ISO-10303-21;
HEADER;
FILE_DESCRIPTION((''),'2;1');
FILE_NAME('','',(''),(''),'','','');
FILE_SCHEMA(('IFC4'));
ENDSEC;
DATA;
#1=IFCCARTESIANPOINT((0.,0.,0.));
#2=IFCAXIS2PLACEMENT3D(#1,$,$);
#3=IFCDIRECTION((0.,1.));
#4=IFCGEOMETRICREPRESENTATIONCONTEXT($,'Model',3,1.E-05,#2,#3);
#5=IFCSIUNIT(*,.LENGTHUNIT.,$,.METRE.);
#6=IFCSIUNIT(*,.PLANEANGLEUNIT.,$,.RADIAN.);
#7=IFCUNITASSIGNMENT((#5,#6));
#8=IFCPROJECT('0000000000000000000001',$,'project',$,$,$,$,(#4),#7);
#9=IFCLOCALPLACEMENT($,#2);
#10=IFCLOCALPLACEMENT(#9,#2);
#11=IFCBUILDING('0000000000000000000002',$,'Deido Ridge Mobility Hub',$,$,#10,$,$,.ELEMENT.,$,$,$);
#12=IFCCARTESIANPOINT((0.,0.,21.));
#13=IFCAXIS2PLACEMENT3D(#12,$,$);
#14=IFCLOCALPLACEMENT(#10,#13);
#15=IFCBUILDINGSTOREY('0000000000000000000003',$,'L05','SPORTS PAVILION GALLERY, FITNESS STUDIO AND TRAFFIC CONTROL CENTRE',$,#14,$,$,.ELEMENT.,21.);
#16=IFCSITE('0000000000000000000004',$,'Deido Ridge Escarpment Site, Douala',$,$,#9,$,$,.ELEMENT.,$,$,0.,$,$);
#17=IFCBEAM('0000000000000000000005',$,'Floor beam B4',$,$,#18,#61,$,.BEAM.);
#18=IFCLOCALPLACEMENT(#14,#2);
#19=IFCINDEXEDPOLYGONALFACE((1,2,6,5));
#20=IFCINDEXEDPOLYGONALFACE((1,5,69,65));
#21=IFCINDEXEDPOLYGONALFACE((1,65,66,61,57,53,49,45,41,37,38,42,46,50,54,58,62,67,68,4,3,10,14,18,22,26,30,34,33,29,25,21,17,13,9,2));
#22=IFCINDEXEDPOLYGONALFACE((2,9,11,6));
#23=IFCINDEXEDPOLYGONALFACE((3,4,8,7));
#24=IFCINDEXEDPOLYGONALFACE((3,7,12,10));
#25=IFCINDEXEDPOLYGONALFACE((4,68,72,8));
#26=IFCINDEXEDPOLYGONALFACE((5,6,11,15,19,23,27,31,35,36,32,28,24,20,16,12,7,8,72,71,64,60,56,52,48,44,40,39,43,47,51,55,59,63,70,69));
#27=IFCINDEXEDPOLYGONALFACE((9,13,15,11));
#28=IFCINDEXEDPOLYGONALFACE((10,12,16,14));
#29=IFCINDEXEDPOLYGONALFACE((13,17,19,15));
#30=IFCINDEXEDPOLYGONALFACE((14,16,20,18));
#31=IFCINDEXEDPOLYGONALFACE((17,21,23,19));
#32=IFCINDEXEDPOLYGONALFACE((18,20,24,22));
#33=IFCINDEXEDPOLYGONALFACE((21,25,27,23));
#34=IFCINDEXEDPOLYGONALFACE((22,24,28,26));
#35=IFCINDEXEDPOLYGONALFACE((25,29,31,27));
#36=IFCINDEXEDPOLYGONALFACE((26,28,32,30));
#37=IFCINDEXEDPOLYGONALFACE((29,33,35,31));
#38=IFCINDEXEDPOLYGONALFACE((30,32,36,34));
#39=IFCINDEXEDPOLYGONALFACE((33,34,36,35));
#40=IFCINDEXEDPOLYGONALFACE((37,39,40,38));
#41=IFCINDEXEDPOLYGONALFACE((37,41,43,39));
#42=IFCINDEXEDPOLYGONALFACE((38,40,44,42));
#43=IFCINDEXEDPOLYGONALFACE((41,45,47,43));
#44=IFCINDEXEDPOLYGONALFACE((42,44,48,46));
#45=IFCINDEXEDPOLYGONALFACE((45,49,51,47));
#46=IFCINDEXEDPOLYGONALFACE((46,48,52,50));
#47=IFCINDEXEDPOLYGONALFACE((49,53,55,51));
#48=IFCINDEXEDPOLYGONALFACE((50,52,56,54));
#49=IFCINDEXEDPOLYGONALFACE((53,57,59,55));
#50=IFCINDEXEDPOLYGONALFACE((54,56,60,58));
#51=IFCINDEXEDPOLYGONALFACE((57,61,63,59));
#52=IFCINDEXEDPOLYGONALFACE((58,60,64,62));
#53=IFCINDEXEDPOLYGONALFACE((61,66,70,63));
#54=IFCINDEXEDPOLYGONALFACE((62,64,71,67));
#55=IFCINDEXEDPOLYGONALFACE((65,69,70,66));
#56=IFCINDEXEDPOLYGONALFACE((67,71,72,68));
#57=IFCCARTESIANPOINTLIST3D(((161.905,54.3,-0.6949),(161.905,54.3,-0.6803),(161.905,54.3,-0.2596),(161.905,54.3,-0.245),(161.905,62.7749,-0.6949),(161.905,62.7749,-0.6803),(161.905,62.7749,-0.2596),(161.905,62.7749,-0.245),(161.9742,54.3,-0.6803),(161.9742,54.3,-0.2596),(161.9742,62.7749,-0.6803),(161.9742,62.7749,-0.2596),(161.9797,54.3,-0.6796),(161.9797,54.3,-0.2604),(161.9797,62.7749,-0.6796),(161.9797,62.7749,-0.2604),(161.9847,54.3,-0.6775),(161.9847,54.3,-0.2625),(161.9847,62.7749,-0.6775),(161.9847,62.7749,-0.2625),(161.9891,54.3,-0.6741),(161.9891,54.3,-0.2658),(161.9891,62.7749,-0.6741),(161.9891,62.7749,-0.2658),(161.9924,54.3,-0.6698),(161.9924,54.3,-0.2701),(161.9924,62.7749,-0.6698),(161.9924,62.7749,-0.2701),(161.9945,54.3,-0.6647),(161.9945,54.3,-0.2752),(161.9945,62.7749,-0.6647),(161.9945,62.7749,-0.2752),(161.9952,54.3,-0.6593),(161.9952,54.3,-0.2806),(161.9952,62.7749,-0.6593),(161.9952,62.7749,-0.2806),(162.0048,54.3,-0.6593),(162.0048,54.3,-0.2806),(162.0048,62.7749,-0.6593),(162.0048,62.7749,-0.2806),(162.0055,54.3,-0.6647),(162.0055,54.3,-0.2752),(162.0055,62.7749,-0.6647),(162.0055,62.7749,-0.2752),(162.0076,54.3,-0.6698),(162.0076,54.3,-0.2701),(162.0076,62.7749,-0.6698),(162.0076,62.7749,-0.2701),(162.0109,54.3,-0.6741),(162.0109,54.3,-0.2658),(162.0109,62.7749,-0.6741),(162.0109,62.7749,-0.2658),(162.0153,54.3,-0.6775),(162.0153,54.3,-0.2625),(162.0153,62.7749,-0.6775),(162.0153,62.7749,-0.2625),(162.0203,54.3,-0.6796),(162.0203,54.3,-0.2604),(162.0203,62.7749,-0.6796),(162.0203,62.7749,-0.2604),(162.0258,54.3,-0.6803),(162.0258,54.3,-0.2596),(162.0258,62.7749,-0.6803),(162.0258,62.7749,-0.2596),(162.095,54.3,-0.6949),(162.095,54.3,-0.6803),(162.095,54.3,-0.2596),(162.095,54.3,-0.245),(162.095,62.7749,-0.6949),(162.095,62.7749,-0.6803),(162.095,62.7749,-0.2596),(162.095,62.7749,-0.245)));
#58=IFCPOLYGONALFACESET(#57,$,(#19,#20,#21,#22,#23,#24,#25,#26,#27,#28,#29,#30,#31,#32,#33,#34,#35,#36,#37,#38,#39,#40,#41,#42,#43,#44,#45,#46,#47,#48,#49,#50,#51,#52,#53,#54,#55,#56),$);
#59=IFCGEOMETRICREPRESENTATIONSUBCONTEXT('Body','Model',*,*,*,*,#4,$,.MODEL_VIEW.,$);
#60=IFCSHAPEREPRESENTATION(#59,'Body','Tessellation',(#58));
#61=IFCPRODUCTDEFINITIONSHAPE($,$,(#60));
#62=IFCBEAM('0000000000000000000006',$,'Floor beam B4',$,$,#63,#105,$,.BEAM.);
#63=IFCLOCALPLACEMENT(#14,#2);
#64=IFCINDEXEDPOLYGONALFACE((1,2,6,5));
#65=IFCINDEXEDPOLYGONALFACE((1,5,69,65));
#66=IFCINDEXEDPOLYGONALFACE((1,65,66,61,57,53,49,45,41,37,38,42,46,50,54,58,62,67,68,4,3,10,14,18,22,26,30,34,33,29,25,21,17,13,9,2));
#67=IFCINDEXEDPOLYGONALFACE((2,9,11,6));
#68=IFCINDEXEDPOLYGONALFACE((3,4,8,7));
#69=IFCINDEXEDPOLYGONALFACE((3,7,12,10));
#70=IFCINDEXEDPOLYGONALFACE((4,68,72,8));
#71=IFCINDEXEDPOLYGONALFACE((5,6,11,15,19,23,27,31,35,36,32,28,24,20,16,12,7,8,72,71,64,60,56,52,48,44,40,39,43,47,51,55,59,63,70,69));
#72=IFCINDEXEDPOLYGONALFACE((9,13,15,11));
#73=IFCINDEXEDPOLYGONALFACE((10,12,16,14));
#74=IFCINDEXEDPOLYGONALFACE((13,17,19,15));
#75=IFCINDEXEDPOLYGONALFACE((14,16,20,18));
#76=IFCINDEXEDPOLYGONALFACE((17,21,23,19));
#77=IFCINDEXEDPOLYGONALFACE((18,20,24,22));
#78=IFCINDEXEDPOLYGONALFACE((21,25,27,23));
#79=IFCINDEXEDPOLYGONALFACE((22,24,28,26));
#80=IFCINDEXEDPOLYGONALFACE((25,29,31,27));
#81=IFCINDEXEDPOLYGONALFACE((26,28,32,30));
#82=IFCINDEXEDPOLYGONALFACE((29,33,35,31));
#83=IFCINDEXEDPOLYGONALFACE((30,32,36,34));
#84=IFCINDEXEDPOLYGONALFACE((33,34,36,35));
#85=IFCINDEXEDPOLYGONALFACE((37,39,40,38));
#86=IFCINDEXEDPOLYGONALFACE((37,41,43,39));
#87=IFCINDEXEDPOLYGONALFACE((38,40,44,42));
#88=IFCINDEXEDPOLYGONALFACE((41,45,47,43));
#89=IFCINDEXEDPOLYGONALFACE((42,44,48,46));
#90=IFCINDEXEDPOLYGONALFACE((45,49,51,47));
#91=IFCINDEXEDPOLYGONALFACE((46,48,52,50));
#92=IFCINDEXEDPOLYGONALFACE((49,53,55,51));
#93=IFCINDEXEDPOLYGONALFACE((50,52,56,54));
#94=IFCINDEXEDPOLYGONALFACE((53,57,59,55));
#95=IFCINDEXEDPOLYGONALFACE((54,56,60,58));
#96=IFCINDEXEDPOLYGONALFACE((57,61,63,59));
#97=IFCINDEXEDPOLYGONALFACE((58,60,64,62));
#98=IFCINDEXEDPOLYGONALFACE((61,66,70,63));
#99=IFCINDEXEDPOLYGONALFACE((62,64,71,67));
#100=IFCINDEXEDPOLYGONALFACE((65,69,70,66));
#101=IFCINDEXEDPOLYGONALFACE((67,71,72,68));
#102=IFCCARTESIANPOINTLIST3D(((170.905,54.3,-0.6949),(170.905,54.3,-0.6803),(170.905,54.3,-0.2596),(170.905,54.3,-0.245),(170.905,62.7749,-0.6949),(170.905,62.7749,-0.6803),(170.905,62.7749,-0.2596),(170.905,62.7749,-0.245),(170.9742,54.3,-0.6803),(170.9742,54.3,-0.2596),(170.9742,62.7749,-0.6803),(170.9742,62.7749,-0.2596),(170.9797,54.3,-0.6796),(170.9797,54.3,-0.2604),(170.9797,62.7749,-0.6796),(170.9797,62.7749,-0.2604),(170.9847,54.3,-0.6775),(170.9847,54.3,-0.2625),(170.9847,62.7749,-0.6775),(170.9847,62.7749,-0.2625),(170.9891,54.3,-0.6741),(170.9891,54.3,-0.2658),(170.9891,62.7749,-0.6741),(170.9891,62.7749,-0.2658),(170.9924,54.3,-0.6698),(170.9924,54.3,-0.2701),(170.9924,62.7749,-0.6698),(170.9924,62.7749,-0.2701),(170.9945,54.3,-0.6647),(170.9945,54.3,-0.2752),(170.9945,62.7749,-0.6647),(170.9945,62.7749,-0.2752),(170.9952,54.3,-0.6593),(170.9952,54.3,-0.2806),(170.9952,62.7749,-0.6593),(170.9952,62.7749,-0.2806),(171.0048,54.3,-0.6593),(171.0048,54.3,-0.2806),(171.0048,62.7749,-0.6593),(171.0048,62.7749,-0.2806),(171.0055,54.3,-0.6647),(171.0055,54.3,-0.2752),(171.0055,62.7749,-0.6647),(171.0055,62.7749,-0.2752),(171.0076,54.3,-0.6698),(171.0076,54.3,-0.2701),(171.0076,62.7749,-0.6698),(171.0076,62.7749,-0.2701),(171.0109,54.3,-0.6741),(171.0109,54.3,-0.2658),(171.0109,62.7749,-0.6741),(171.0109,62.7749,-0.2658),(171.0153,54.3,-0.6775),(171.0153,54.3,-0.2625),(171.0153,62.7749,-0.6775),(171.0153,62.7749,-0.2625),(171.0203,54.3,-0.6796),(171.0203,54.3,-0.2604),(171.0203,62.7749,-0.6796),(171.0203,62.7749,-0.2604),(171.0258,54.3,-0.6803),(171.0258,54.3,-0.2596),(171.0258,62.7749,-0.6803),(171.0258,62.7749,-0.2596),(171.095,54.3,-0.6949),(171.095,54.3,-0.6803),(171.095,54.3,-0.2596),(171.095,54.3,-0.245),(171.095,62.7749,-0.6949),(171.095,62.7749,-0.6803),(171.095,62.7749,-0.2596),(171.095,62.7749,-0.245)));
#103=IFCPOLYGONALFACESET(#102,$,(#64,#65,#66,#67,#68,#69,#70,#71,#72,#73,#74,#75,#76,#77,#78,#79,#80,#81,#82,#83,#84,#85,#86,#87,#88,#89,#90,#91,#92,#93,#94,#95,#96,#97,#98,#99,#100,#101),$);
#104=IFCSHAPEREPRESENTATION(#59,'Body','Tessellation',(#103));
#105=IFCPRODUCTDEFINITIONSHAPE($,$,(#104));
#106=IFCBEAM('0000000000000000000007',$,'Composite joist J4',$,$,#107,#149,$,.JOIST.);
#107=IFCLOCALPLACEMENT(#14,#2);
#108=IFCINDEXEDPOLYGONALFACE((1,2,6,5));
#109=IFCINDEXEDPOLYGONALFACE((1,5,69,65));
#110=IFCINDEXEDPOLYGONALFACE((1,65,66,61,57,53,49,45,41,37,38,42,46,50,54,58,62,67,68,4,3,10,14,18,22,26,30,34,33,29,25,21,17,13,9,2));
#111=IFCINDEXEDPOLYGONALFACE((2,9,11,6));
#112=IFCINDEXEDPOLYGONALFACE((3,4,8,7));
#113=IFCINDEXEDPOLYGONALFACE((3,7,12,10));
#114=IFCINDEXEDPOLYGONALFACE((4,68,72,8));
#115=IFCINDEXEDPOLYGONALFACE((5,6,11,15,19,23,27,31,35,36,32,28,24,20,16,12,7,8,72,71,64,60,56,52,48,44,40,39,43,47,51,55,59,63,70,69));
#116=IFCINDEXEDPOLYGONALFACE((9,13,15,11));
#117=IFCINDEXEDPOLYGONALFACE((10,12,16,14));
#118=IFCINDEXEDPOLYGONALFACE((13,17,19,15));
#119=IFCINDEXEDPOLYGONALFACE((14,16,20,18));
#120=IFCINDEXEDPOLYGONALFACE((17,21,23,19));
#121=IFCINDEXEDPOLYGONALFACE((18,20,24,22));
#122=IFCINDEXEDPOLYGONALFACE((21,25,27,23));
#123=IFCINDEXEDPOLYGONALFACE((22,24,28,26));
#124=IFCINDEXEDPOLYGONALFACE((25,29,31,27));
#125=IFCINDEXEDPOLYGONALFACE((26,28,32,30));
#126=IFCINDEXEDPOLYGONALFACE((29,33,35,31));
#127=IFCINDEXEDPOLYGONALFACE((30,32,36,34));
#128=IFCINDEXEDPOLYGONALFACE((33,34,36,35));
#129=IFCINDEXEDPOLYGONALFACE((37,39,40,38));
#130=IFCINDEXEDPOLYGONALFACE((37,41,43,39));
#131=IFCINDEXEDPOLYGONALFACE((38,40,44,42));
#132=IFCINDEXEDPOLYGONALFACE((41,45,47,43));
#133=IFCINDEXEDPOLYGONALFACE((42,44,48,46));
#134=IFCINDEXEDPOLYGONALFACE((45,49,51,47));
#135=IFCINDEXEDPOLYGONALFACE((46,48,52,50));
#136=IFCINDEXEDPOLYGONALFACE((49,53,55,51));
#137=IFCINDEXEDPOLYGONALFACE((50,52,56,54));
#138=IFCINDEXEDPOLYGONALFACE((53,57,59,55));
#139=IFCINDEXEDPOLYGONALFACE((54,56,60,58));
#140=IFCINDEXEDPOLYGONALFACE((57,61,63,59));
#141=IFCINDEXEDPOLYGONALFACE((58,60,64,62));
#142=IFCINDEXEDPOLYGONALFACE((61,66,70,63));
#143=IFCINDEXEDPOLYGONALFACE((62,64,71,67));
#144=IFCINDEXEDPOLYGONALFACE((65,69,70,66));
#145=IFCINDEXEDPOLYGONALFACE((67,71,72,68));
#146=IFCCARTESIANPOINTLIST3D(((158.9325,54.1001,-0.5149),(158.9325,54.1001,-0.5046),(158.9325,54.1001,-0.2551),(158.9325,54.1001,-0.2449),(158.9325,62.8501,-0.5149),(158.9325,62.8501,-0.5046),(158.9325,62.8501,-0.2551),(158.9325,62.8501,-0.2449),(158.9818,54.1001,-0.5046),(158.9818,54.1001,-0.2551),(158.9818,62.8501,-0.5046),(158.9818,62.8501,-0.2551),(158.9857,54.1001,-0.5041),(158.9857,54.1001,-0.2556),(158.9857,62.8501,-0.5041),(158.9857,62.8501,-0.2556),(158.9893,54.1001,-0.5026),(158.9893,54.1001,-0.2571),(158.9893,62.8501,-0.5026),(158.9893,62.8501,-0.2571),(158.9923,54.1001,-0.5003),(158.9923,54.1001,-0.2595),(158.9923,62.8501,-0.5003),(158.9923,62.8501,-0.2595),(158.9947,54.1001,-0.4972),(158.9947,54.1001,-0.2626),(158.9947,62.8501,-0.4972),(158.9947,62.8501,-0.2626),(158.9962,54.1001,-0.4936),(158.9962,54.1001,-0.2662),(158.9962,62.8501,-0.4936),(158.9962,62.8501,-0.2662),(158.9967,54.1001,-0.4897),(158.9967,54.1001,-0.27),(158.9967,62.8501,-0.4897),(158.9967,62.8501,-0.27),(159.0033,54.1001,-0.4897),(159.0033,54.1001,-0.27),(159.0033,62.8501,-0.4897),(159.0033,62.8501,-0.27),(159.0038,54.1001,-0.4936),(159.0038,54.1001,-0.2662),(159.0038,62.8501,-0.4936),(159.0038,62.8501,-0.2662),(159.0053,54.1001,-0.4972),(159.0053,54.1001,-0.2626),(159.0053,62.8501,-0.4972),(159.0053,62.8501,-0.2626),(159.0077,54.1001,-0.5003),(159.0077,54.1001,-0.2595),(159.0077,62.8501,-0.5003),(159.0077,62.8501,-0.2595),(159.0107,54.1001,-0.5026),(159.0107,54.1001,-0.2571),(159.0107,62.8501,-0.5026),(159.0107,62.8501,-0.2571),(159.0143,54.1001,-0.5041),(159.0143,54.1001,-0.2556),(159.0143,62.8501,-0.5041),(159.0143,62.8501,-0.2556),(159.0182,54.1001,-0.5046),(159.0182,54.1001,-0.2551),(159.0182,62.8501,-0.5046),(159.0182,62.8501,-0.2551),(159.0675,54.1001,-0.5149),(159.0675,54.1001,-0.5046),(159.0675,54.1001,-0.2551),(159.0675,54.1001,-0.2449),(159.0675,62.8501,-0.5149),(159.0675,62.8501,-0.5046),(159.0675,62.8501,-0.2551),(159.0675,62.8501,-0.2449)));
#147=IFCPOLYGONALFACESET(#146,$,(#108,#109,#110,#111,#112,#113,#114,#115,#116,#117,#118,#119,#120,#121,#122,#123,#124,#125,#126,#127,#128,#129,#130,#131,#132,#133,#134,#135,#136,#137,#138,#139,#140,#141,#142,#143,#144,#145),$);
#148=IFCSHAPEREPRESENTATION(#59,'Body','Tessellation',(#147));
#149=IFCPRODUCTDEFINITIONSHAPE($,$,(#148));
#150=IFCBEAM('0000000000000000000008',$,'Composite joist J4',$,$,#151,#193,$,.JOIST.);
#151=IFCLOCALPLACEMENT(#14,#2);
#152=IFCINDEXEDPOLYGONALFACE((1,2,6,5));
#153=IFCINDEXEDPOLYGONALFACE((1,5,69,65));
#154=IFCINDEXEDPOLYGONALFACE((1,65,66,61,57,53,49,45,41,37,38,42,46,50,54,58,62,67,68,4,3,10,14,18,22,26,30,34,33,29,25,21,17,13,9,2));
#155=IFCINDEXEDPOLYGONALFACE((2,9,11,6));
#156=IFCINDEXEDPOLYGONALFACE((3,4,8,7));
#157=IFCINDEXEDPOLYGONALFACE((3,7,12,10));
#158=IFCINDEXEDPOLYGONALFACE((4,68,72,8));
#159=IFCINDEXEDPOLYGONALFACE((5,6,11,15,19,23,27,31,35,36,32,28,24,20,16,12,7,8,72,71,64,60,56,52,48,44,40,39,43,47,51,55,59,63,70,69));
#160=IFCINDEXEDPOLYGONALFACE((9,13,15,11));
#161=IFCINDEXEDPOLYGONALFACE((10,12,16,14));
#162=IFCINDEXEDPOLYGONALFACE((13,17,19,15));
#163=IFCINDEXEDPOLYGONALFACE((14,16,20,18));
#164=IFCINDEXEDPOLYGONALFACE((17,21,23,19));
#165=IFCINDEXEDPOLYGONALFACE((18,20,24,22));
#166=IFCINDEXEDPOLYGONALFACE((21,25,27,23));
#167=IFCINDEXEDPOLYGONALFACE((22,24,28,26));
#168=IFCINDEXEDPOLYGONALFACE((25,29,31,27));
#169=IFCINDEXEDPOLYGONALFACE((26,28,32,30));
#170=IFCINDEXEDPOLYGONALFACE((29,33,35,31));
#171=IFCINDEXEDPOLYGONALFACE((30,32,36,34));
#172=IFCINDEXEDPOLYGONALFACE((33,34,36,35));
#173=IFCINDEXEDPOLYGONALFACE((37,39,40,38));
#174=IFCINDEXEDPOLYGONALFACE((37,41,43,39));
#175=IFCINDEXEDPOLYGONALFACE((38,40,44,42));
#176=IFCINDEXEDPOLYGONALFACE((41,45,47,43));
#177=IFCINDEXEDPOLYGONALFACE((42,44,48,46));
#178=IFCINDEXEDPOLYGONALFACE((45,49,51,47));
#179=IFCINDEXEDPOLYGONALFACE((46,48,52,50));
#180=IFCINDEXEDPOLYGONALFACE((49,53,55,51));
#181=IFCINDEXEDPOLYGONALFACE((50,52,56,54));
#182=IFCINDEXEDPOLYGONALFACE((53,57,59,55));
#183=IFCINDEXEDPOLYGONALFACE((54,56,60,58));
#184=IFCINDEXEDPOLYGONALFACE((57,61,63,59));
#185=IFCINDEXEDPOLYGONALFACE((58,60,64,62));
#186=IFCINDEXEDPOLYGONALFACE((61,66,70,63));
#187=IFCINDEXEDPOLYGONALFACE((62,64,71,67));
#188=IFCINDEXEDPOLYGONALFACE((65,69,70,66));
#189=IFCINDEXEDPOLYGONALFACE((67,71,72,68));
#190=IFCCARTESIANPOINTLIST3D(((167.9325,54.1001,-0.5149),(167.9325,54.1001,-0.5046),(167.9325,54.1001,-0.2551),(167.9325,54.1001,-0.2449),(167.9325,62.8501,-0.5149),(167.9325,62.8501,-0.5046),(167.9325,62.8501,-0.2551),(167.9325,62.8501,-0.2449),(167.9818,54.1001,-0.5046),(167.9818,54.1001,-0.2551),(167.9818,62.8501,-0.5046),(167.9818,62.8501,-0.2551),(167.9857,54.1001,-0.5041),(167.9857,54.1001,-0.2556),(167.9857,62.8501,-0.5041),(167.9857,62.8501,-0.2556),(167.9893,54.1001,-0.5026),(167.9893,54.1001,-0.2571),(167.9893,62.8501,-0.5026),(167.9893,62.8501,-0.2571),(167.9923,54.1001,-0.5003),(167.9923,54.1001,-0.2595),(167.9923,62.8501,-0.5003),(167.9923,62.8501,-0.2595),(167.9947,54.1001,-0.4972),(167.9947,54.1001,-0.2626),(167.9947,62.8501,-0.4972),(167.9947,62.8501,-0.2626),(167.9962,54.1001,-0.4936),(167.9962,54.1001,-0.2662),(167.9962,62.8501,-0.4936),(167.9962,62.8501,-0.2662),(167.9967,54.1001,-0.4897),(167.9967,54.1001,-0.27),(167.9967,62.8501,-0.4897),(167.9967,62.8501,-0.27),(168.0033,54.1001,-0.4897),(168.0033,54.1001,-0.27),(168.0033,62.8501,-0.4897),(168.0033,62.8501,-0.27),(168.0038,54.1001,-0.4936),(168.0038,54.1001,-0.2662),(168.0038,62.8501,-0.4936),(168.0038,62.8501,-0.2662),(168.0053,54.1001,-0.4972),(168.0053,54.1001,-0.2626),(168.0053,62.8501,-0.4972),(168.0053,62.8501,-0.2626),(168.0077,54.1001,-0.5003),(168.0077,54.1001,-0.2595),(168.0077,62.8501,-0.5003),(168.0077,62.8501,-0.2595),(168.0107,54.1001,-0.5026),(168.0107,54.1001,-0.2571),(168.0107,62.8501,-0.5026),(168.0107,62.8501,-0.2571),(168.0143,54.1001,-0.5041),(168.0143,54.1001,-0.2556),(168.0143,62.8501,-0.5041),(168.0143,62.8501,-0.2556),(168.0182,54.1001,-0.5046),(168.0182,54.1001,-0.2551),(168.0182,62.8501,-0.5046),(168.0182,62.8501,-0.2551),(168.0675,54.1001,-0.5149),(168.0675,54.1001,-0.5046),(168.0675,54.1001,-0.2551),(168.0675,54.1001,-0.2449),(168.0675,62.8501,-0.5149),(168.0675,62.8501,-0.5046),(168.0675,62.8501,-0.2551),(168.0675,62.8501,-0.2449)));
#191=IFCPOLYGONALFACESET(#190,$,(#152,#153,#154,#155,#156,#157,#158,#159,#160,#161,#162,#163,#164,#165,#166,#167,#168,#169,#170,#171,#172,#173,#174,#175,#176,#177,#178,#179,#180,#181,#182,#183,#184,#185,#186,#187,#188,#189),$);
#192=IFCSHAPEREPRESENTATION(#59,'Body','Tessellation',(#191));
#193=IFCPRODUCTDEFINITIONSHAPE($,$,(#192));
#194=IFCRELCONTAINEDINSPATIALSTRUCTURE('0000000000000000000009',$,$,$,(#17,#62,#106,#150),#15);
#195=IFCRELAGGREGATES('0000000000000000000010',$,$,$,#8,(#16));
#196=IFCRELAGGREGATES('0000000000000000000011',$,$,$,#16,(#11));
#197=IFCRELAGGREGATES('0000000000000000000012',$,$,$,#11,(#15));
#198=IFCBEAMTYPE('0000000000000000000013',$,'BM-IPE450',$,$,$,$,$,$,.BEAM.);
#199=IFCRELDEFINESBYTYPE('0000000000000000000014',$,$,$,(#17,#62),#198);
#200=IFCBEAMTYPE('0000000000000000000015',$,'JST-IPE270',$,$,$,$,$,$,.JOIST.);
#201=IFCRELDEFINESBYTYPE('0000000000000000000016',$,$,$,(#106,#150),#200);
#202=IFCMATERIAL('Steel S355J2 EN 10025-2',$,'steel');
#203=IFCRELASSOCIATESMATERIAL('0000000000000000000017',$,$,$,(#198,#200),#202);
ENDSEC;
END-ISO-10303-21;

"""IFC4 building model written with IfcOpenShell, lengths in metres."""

from ifc_helpers import new_model, si_unit, direction, frame, origin, origin_2d, place, context, subcontext, project, spatial, i_section, extrude, material, material_profile, profile_set, type_object, element, save


model = new_model("IFC4")

# Units and contexts
model_context = context("Model", 3, precision=1e-05, world=origin(), true_north=direction((0.0, 1.0)))
body_context = subcontext(model_context, "Body", "Model", "MODEL_VIEW")
ifc_project = project(units=[si_unit("LENGTHUNIT", "METRE"), si_unit("PLANEANGLEUNIT", "RADIAN")], contexts=[model_context])

# Site, building, storey
site_placement = place(None, origin())
site = spatial("IfcSite", under=ifc_project, at=site_placement, Name="Deido Ridge Escarpment Site, Douala", CompositionType="ELEMENT", RefElevation=0.0)
building_placement = place(site_placement, origin())
building = spatial("IfcBuilding", under=site, at=building_placement, Name="Deido Ridge Mobility Hub", CompositionType="ELEMENT")
storey_placement = place(building_placement, frame((0.0, 0.0, 21.0)))
storey = spatial("IfcBuildingStorey", under=building, at=storey_placement, Name="L05", Description="SPORTS PAVILION GALLERY, FITNESS STUDIO AND TRAFFIC CONTROL CENTRE", CompositionType="ELEMENT", Elevation=21.0)

# Beams
ifc_material_1 = material(Name="Steel S355J2 EN 10025-2", Category="steel")
ifc_material_profile_1 = material_profile(ifc_material_1, i_section(OverallWidth=0.1899, OverallDepth=0.45, WebThickness=0.0095, FlangeThickness=0.0146, FilletRadius=0.021, at=origin_2d()), Name="IPE 450")
ifc_profile_set_1 = profile_set([ifc_material_profile_1], Name="Steel S355J2 EN 10025-2")
beam_type_1 = type_object("IfcBeamType", Name="BM-IPE450", PredefinedType="BEAM", material=ifc_profile_set_1)
for number, where, z_axis, x_axis, name in (
    (1, (162.0, 54.3, -0.47), (0.0, 1.0, 0.0), (-1.0, 0.0, 0.0), "Floor beam B4"),
    (2, (171.0, 54.3, -0.47), (0.0, 1.0, 0.0), (-1.0, 0.0, 0.0), "Floor beam B4"),
):
    element("IfcBeam", number, at=place(storey_placement, frame(where, z_axis=z_axis, x_axis=x_axis)), inside=storey, type_object=beam_type_1, Name=name, PredefinedType="BEAM", context=body_context, shape_type="SweptSolid", body=[
        extrude(i_section(OverallWidth=0.1899, OverallDepth=0.45, WebThickness=0.0095, FlangeThickness=0.0146, FilletRadius=0.021, at=origin_2d()), origin(), (0.0, 0.0, 1.0), 8.4749),
    ])
ifc_material_profile_2 = material_profile(ifc_material_1, i_section(OverallWidth=0.135, OverallDepth=0.27, WebThickness=0.0066, FlangeThickness=0.0103, FilletRadius=0.0149, at=origin_2d()), Name="IPE 270")
ifc_profile_set_2 = profile_set([ifc_material_profile_2], Name="Steel S355J2 EN 10025-2")
beam_type_2 = type_object("IfcBeamType", Name="JST-IPE270", PredefinedType="JOIST", material=ifc_profile_set_2)
for number, where, z_axis, x_axis, name in (
    (3, (159.0, 54.1001, -0.3799), (0.0, 1.0, 0.0), (-1.0, 0.0, 0.0), "Composite joist J4"),
    (4, (168.0, 54.1001, -0.3799), (0.0, 1.0, 0.0), (-1.0, 0.0, 0.0), "Composite joist J4"),
):
    element("IfcBeam", number, at=place(storey_placement, frame(where, z_axis=z_axis, x_axis=x_axis)), inside=storey, type_object=beam_type_2, Name=name, PredefinedType="JOIST", context=body_context, shape_type="SweptSolid", body=[
        extrude(i_section(OverallWidth=0.135, OverallDepth=0.27, WebThickness=0.0066, FlangeThickness=0.0103, FilletRadius=0.0149, at=origin_2d()), origin(), (0.0, 0.0, 1.0), 8.75),
    ])

save(model, "model.ifc")
